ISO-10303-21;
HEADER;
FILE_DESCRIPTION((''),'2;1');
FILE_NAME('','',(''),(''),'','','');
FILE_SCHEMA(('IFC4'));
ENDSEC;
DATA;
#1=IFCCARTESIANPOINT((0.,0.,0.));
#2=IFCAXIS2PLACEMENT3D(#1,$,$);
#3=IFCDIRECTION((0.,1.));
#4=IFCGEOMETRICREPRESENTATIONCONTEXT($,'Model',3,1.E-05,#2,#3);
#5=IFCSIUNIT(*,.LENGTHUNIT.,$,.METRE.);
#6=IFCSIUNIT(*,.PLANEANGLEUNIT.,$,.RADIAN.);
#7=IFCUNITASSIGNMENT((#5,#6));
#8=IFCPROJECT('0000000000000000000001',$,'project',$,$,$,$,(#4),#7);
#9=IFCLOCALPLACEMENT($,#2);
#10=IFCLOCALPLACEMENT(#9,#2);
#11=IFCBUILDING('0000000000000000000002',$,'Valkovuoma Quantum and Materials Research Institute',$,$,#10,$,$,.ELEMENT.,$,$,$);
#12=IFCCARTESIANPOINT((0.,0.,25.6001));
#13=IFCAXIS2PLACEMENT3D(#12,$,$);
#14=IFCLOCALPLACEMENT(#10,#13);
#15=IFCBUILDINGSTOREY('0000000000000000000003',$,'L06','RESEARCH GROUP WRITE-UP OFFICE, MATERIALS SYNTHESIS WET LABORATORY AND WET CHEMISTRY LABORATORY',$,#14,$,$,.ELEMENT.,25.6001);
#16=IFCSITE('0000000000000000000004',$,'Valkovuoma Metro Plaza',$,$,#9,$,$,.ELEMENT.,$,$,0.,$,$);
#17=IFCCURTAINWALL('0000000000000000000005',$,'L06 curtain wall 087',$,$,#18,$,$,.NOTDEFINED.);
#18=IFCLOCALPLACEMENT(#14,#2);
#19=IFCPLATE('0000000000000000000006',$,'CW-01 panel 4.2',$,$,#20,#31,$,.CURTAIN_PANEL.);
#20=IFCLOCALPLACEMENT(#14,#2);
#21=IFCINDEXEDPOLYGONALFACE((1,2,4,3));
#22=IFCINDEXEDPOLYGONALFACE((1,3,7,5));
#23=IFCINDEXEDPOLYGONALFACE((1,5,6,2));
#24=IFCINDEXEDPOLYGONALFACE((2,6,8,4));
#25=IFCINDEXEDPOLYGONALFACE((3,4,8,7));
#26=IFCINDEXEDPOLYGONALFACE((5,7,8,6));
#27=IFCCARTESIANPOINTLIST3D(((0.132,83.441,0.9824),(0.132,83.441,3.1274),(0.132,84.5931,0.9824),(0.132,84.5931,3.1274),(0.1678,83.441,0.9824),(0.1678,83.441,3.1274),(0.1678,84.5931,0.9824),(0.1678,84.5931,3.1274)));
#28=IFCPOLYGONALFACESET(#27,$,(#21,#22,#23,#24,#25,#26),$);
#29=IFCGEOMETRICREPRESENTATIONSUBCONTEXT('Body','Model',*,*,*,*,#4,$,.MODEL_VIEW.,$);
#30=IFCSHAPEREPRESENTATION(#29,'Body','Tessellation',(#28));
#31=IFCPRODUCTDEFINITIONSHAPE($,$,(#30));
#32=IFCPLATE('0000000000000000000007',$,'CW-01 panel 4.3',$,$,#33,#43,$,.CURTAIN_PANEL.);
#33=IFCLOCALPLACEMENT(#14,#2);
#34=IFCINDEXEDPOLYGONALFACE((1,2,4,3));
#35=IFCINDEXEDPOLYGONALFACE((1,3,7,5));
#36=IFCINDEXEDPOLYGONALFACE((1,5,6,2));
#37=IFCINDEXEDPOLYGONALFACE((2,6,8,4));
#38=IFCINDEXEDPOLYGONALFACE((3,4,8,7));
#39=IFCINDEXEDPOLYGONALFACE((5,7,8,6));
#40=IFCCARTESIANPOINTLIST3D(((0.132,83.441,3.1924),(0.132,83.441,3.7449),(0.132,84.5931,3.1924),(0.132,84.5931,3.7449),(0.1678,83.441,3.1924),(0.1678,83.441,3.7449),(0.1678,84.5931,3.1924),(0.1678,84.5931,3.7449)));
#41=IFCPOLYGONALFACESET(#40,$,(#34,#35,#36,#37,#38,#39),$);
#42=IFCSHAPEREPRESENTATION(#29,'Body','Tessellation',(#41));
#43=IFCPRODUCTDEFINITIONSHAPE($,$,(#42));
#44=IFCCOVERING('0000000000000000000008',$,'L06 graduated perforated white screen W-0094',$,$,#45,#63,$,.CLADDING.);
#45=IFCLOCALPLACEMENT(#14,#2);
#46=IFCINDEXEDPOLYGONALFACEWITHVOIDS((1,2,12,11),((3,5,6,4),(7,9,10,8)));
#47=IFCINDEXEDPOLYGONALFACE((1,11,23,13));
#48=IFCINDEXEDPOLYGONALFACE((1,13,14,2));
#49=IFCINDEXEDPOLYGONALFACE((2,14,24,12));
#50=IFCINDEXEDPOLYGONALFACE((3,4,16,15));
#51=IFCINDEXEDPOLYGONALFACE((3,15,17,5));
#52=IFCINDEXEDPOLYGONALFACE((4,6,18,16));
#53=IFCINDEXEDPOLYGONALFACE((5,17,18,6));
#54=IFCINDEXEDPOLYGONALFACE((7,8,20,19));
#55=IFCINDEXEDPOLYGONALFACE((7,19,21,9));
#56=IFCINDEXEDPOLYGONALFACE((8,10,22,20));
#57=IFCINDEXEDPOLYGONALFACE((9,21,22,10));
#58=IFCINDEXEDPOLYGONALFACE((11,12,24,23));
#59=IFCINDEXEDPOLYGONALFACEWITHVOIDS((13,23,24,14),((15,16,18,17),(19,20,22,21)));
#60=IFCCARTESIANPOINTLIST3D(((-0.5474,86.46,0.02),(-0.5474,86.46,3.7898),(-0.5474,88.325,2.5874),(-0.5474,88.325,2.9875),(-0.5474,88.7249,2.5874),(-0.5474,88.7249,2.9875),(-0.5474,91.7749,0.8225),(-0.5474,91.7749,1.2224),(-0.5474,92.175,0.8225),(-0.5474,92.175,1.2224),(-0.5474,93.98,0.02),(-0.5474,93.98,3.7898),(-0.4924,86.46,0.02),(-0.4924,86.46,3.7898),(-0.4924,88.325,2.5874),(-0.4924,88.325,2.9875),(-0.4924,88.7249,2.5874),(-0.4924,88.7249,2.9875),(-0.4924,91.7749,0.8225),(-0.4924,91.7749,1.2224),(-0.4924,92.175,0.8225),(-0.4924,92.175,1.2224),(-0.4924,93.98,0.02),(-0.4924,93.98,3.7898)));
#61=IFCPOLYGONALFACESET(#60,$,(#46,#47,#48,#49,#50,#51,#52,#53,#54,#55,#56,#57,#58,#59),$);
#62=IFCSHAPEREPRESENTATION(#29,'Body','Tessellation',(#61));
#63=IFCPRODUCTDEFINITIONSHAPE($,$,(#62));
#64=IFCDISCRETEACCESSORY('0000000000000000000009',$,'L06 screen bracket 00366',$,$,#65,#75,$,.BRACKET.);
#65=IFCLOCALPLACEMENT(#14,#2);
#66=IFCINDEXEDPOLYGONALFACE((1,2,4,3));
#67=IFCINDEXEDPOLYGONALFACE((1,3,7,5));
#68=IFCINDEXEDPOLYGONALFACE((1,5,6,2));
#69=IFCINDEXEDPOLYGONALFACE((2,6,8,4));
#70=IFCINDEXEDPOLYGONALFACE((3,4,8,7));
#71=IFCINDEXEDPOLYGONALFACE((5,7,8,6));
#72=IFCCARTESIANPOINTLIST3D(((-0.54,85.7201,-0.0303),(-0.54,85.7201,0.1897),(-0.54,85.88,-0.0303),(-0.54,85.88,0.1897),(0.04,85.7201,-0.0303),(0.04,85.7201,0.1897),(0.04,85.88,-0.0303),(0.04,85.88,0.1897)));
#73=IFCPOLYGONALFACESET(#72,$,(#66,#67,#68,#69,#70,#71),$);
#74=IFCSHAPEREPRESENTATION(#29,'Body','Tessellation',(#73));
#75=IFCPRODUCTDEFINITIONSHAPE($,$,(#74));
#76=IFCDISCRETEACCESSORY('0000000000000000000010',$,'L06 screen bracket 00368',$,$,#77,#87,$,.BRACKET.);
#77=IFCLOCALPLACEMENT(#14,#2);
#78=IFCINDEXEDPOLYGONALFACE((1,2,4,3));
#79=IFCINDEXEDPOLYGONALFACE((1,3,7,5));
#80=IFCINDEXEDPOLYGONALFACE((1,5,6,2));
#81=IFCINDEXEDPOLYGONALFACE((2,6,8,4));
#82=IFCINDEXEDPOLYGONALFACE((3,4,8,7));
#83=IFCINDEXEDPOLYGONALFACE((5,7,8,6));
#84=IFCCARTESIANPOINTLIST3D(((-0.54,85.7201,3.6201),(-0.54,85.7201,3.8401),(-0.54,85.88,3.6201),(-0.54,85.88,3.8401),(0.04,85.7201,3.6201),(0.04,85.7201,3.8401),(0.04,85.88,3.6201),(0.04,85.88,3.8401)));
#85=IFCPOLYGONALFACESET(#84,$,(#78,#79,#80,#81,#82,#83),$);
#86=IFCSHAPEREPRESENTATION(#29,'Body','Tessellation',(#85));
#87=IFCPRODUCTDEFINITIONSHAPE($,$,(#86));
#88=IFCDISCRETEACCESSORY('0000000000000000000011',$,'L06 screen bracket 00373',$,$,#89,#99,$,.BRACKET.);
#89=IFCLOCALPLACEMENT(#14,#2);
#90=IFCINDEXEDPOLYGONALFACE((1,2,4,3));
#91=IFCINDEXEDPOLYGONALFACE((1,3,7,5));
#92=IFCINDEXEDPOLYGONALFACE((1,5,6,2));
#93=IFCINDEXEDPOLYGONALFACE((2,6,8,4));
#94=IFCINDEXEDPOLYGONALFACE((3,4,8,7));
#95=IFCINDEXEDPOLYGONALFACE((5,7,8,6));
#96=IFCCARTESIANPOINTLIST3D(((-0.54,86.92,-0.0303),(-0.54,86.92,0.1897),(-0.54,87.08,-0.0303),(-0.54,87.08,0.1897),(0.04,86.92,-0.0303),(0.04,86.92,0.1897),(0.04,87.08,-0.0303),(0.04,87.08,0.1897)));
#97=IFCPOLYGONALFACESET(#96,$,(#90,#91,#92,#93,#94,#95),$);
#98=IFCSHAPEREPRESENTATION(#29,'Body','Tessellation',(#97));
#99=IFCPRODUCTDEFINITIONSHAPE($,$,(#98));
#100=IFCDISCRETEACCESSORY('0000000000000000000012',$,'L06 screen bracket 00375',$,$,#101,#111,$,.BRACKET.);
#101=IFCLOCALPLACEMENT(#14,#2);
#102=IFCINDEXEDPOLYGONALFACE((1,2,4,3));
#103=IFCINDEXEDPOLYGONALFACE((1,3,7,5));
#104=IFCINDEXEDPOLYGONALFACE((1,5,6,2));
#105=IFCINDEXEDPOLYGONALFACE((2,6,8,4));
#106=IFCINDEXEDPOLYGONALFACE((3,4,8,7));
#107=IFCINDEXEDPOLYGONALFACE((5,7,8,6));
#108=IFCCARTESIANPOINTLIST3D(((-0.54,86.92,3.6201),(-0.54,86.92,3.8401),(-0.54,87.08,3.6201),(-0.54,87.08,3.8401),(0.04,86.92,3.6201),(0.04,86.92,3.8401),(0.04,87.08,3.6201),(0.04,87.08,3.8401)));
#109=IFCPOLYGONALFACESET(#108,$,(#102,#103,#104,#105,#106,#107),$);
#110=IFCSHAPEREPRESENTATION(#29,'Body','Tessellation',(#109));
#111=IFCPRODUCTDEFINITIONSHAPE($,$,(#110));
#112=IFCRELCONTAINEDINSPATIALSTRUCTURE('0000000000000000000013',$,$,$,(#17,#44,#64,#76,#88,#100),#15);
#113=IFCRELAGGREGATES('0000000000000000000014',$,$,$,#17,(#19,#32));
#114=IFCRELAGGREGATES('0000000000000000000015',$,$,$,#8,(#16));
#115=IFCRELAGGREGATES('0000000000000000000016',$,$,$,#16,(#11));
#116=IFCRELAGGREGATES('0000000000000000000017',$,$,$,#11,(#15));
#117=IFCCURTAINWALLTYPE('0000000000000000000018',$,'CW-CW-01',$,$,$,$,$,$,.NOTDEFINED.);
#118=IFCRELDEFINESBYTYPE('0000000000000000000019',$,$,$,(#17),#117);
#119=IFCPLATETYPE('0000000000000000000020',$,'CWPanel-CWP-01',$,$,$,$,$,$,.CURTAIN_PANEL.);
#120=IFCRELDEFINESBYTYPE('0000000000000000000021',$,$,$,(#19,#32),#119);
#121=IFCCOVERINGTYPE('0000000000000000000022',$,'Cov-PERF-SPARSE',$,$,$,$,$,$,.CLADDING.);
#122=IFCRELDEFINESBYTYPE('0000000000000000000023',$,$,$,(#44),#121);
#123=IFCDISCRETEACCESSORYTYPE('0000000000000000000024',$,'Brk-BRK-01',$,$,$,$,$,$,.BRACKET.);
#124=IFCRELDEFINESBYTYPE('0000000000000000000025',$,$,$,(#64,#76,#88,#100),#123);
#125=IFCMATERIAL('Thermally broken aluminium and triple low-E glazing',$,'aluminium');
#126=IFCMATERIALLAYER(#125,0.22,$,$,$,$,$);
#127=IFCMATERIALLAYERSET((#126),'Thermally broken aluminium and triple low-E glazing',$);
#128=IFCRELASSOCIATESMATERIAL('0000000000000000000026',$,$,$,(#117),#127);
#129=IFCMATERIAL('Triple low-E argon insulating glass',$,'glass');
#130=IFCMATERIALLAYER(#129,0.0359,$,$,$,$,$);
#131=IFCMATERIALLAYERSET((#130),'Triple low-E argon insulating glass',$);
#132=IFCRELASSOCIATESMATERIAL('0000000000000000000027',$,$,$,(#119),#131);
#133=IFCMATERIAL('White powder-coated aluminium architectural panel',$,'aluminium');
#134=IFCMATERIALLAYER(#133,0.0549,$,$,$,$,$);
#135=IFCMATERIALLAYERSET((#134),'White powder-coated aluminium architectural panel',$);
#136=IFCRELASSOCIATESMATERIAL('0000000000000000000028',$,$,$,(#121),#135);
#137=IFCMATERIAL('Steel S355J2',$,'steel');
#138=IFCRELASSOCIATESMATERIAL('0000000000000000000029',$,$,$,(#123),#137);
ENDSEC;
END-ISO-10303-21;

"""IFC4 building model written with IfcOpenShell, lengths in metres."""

from ifc_helpers import new_model, si_unit, direction, frame, origin, origin_2d, place, context, subcontext, project, spatial, polyline, rectangle, outline, extrude, material, layer, layer_set, type_object, element, aggregate, save


model = new_model("IFC4")

# Units and contexts
model_context = context("Model", 3, precision=1e-05, world=origin(), true_north=direction((0.0, 1.0)))
body_context = subcontext(model_context, "Body", "Model", "MODEL_VIEW")
ifc_project = project(units=[si_unit("LENGTHUNIT", "METRE"), si_unit("PLANEANGLEUNIT", "RADIAN")], contexts=[model_context])

# Site, building, storey
site_placement = place(None, origin())
site = spatial("IfcSite", under=ifc_project, at=site_placement, Name="Valkovuoma Metro Plaza", CompositionType="ELEMENT", RefElevation=0.0)
building_placement = place(site_placement, origin())
building = spatial("IfcBuilding", under=site, at=building_placement, Name="Valkovuoma Quantum and Materials Research Institute", CompositionType="ELEMENT")
storey_placement = place(building_placement, frame((0.0, 0.0, 25.6001)))
storey = spatial("IfcBuildingStorey", under=building, at=storey_placement, Name="L06", Description="RESEARCH GROUP WRITE-UP OFFICE, MATERIALS SYNTHESIS WET LABORATORY AND WET CHEMISTRY LABORATORY", CompositionType="ELEMENT", Elevation=25.6001)

# Curtain wall, plates
ifc_material_1 = material(Name="Thermally broken aluminium and triple low-E glazing", Category="aluminium")
ifc_layer_1 = layer(ifc_material_1, 0.22)
ifc_layer_set_1 = layer_set([ifc_layer_1], Name="Thermally broken aluminium and triple low-E glazing")
curtain_wall_type = type_object("IfcCurtainWallType", Name="CW-CW-01", PredefinedType="NOTDEFINED", material=ifc_layer_set_1)
curtain_wall_placement = place(storey_placement, origin())
curtain_wall = element("IfcCurtainWall", 1, at=curtain_wall_placement, inside=storey, type_object=curtain_wall_type, Name="L06 curtain wall 087", PredefinedType="NOTDEFINED")
ifc_material_2 = material(Name="Triple low-E argon insulating glass", Category="glass")
ifc_layer_2 = layer(ifc_material_2, 0.0359)
ifc_layer_set_2 = layer_set([ifc_layer_2], Name="Triple low-E argon insulating glass")
plate_type = type_object("IfcPlateType", Name="CWPanel-CWP-01", PredefinedType="CURTAIN_PANEL", material=ifc_layer_set_2)
plate_1_placement = place(storey_placement, frame((0.1499, 84.0171, 0.9824), z_axis=(0.0, 0.0, 1.0), x_axis=(0.0, 1.0, 0.0)))
plate_1 = element("IfcPlate", 2, at=plate_1_placement, type_object=plate_type, Name="CW-01 panel 4.2", PredefinedType="CURTAIN_PANEL", context=body_context, shape_type="SweptSolid", body=[
    extrude(rectangle(XDim=1.1521, YDim=0.0359, at=origin_2d()), origin(), (0.0, 0.0, 1.0), 2.145),
])
plate_2_placement = place(storey_placement, frame((0.1499, 84.0171, 3.1924), z_axis=(0.0, 0.0, 1.0), x_axis=(0.0, 1.0, 0.0)))
plate_2 = element("IfcPlate", 3, at=plate_2_placement, type_object=plate_type, Name="CW-01 panel 4.3", PredefinedType="CURTAIN_PANEL", context=body_context, shape_type="SweptSolid", body=[
    extrude(rectangle(XDim=1.1521, YDim=0.0359, at=origin_2d()), origin(), (0.0, 0.0, 1.0), 0.5525),
])
aggregate(curtain_wall, [plate_1, plate_2])

# Covering
ifc_material_3 = material(Name="White powder-coated aluminium architectural panel", Category="aluminium")
ifc_layer_3 = layer(ifc_material_3, 0.0549)
ifc_layer_set_3 = layer_set([ifc_layer_3], Name="White powder-coated aluminium architectural panel")
covering_type = type_object("IfcCoveringType", Name="Cov-PERF-SPARSE", PredefinedType="CLADDING", material=ifc_layer_set_3)
covering_placement = place(storey_placement, frame((-0.52, 86.46, 0.02), z_axis=(0.0, 0.0, 1.0), x_axis=(0.0, 1.0, 0.0)))
element("IfcCovering", 4, at=covering_placement, inside=storey, type_object=covering_type, Name="L06 graduated perforated white screen W-0094", PredefinedType="CLADDING", context=body_context, shape_type="SweptSolid", body=[
    extrude(outline(polyline([(0.0, 0.0), (7.52, 0.0), (7.52, 3.7698), (0.0, 3.7698), (0.0, 0.0)]), holes=[polyline([(1.865, 2.5674), (1.865, 2.9675), (2.2649, 2.9675), (2.2649, 2.5674), (1.865, 2.5674)]), polyline([(5.3149, 0.8025), (5.3149, 1.2024), (5.7151, 1.2024), (5.7151, 0.8025), (5.3149, 0.8025)])]), frame((0.0, 0.0273, 0.0), z_axis=(0.0, -1.0, 0.0), x_axis=(1.0, 0.0, 0.0)), (0.0, 0.0, 1.0), 0.0549),
])

# Discrete accessories
ifc_material_4 = material(Name="Steel S355J2", Category="steel")
discrete_accessory_type = type_object("IfcDiscreteAccessoryType", Name="Brk-BRK-01", PredefinedType="BRACKET", material=ifc_material_4)
for number, where, z_axis, x_axis, name in (
    (5, (-0.25, 85.8, -0.0303), (0.0, 0.0, 1.0), (1.0, 0.0, 0.0), "L06 screen bracket 00366"),
    (6, (-0.25, 85.8, 3.6201), (0.0, 0.0, 1.0), (1.0, 0.0, 0.0), "L06 screen bracket 00368"),
    (7, (-0.25, 87.0, -0.0303), (0.0, 0.0, 1.0), (1.0, 0.0, 0.0), "L06 screen bracket 00373"),
    (8, (-0.25, 87.0, 3.6201), (0.0, 0.0, 1.0), (1.0, 0.0, 0.0), "L06 screen bracket 00375"),
):
    element("IfcDiscreteAccessory", number, at=place(storey_placement, frame(where, z_axis=z_axis, x_axis=x_axis)), inside=storey, type_object=discrete_accessory_type, Name=name, PredefinedType="BRACKET", context=body_context, shape_type="SweptSolid", body=[
        extrude(rectangle(XDim=0.5801, YDim=0.1599, at=origin_2d()), origin(), (0.0, 0.0, 1.0), 0.22),
    ])

save(model, "model.ifc")
